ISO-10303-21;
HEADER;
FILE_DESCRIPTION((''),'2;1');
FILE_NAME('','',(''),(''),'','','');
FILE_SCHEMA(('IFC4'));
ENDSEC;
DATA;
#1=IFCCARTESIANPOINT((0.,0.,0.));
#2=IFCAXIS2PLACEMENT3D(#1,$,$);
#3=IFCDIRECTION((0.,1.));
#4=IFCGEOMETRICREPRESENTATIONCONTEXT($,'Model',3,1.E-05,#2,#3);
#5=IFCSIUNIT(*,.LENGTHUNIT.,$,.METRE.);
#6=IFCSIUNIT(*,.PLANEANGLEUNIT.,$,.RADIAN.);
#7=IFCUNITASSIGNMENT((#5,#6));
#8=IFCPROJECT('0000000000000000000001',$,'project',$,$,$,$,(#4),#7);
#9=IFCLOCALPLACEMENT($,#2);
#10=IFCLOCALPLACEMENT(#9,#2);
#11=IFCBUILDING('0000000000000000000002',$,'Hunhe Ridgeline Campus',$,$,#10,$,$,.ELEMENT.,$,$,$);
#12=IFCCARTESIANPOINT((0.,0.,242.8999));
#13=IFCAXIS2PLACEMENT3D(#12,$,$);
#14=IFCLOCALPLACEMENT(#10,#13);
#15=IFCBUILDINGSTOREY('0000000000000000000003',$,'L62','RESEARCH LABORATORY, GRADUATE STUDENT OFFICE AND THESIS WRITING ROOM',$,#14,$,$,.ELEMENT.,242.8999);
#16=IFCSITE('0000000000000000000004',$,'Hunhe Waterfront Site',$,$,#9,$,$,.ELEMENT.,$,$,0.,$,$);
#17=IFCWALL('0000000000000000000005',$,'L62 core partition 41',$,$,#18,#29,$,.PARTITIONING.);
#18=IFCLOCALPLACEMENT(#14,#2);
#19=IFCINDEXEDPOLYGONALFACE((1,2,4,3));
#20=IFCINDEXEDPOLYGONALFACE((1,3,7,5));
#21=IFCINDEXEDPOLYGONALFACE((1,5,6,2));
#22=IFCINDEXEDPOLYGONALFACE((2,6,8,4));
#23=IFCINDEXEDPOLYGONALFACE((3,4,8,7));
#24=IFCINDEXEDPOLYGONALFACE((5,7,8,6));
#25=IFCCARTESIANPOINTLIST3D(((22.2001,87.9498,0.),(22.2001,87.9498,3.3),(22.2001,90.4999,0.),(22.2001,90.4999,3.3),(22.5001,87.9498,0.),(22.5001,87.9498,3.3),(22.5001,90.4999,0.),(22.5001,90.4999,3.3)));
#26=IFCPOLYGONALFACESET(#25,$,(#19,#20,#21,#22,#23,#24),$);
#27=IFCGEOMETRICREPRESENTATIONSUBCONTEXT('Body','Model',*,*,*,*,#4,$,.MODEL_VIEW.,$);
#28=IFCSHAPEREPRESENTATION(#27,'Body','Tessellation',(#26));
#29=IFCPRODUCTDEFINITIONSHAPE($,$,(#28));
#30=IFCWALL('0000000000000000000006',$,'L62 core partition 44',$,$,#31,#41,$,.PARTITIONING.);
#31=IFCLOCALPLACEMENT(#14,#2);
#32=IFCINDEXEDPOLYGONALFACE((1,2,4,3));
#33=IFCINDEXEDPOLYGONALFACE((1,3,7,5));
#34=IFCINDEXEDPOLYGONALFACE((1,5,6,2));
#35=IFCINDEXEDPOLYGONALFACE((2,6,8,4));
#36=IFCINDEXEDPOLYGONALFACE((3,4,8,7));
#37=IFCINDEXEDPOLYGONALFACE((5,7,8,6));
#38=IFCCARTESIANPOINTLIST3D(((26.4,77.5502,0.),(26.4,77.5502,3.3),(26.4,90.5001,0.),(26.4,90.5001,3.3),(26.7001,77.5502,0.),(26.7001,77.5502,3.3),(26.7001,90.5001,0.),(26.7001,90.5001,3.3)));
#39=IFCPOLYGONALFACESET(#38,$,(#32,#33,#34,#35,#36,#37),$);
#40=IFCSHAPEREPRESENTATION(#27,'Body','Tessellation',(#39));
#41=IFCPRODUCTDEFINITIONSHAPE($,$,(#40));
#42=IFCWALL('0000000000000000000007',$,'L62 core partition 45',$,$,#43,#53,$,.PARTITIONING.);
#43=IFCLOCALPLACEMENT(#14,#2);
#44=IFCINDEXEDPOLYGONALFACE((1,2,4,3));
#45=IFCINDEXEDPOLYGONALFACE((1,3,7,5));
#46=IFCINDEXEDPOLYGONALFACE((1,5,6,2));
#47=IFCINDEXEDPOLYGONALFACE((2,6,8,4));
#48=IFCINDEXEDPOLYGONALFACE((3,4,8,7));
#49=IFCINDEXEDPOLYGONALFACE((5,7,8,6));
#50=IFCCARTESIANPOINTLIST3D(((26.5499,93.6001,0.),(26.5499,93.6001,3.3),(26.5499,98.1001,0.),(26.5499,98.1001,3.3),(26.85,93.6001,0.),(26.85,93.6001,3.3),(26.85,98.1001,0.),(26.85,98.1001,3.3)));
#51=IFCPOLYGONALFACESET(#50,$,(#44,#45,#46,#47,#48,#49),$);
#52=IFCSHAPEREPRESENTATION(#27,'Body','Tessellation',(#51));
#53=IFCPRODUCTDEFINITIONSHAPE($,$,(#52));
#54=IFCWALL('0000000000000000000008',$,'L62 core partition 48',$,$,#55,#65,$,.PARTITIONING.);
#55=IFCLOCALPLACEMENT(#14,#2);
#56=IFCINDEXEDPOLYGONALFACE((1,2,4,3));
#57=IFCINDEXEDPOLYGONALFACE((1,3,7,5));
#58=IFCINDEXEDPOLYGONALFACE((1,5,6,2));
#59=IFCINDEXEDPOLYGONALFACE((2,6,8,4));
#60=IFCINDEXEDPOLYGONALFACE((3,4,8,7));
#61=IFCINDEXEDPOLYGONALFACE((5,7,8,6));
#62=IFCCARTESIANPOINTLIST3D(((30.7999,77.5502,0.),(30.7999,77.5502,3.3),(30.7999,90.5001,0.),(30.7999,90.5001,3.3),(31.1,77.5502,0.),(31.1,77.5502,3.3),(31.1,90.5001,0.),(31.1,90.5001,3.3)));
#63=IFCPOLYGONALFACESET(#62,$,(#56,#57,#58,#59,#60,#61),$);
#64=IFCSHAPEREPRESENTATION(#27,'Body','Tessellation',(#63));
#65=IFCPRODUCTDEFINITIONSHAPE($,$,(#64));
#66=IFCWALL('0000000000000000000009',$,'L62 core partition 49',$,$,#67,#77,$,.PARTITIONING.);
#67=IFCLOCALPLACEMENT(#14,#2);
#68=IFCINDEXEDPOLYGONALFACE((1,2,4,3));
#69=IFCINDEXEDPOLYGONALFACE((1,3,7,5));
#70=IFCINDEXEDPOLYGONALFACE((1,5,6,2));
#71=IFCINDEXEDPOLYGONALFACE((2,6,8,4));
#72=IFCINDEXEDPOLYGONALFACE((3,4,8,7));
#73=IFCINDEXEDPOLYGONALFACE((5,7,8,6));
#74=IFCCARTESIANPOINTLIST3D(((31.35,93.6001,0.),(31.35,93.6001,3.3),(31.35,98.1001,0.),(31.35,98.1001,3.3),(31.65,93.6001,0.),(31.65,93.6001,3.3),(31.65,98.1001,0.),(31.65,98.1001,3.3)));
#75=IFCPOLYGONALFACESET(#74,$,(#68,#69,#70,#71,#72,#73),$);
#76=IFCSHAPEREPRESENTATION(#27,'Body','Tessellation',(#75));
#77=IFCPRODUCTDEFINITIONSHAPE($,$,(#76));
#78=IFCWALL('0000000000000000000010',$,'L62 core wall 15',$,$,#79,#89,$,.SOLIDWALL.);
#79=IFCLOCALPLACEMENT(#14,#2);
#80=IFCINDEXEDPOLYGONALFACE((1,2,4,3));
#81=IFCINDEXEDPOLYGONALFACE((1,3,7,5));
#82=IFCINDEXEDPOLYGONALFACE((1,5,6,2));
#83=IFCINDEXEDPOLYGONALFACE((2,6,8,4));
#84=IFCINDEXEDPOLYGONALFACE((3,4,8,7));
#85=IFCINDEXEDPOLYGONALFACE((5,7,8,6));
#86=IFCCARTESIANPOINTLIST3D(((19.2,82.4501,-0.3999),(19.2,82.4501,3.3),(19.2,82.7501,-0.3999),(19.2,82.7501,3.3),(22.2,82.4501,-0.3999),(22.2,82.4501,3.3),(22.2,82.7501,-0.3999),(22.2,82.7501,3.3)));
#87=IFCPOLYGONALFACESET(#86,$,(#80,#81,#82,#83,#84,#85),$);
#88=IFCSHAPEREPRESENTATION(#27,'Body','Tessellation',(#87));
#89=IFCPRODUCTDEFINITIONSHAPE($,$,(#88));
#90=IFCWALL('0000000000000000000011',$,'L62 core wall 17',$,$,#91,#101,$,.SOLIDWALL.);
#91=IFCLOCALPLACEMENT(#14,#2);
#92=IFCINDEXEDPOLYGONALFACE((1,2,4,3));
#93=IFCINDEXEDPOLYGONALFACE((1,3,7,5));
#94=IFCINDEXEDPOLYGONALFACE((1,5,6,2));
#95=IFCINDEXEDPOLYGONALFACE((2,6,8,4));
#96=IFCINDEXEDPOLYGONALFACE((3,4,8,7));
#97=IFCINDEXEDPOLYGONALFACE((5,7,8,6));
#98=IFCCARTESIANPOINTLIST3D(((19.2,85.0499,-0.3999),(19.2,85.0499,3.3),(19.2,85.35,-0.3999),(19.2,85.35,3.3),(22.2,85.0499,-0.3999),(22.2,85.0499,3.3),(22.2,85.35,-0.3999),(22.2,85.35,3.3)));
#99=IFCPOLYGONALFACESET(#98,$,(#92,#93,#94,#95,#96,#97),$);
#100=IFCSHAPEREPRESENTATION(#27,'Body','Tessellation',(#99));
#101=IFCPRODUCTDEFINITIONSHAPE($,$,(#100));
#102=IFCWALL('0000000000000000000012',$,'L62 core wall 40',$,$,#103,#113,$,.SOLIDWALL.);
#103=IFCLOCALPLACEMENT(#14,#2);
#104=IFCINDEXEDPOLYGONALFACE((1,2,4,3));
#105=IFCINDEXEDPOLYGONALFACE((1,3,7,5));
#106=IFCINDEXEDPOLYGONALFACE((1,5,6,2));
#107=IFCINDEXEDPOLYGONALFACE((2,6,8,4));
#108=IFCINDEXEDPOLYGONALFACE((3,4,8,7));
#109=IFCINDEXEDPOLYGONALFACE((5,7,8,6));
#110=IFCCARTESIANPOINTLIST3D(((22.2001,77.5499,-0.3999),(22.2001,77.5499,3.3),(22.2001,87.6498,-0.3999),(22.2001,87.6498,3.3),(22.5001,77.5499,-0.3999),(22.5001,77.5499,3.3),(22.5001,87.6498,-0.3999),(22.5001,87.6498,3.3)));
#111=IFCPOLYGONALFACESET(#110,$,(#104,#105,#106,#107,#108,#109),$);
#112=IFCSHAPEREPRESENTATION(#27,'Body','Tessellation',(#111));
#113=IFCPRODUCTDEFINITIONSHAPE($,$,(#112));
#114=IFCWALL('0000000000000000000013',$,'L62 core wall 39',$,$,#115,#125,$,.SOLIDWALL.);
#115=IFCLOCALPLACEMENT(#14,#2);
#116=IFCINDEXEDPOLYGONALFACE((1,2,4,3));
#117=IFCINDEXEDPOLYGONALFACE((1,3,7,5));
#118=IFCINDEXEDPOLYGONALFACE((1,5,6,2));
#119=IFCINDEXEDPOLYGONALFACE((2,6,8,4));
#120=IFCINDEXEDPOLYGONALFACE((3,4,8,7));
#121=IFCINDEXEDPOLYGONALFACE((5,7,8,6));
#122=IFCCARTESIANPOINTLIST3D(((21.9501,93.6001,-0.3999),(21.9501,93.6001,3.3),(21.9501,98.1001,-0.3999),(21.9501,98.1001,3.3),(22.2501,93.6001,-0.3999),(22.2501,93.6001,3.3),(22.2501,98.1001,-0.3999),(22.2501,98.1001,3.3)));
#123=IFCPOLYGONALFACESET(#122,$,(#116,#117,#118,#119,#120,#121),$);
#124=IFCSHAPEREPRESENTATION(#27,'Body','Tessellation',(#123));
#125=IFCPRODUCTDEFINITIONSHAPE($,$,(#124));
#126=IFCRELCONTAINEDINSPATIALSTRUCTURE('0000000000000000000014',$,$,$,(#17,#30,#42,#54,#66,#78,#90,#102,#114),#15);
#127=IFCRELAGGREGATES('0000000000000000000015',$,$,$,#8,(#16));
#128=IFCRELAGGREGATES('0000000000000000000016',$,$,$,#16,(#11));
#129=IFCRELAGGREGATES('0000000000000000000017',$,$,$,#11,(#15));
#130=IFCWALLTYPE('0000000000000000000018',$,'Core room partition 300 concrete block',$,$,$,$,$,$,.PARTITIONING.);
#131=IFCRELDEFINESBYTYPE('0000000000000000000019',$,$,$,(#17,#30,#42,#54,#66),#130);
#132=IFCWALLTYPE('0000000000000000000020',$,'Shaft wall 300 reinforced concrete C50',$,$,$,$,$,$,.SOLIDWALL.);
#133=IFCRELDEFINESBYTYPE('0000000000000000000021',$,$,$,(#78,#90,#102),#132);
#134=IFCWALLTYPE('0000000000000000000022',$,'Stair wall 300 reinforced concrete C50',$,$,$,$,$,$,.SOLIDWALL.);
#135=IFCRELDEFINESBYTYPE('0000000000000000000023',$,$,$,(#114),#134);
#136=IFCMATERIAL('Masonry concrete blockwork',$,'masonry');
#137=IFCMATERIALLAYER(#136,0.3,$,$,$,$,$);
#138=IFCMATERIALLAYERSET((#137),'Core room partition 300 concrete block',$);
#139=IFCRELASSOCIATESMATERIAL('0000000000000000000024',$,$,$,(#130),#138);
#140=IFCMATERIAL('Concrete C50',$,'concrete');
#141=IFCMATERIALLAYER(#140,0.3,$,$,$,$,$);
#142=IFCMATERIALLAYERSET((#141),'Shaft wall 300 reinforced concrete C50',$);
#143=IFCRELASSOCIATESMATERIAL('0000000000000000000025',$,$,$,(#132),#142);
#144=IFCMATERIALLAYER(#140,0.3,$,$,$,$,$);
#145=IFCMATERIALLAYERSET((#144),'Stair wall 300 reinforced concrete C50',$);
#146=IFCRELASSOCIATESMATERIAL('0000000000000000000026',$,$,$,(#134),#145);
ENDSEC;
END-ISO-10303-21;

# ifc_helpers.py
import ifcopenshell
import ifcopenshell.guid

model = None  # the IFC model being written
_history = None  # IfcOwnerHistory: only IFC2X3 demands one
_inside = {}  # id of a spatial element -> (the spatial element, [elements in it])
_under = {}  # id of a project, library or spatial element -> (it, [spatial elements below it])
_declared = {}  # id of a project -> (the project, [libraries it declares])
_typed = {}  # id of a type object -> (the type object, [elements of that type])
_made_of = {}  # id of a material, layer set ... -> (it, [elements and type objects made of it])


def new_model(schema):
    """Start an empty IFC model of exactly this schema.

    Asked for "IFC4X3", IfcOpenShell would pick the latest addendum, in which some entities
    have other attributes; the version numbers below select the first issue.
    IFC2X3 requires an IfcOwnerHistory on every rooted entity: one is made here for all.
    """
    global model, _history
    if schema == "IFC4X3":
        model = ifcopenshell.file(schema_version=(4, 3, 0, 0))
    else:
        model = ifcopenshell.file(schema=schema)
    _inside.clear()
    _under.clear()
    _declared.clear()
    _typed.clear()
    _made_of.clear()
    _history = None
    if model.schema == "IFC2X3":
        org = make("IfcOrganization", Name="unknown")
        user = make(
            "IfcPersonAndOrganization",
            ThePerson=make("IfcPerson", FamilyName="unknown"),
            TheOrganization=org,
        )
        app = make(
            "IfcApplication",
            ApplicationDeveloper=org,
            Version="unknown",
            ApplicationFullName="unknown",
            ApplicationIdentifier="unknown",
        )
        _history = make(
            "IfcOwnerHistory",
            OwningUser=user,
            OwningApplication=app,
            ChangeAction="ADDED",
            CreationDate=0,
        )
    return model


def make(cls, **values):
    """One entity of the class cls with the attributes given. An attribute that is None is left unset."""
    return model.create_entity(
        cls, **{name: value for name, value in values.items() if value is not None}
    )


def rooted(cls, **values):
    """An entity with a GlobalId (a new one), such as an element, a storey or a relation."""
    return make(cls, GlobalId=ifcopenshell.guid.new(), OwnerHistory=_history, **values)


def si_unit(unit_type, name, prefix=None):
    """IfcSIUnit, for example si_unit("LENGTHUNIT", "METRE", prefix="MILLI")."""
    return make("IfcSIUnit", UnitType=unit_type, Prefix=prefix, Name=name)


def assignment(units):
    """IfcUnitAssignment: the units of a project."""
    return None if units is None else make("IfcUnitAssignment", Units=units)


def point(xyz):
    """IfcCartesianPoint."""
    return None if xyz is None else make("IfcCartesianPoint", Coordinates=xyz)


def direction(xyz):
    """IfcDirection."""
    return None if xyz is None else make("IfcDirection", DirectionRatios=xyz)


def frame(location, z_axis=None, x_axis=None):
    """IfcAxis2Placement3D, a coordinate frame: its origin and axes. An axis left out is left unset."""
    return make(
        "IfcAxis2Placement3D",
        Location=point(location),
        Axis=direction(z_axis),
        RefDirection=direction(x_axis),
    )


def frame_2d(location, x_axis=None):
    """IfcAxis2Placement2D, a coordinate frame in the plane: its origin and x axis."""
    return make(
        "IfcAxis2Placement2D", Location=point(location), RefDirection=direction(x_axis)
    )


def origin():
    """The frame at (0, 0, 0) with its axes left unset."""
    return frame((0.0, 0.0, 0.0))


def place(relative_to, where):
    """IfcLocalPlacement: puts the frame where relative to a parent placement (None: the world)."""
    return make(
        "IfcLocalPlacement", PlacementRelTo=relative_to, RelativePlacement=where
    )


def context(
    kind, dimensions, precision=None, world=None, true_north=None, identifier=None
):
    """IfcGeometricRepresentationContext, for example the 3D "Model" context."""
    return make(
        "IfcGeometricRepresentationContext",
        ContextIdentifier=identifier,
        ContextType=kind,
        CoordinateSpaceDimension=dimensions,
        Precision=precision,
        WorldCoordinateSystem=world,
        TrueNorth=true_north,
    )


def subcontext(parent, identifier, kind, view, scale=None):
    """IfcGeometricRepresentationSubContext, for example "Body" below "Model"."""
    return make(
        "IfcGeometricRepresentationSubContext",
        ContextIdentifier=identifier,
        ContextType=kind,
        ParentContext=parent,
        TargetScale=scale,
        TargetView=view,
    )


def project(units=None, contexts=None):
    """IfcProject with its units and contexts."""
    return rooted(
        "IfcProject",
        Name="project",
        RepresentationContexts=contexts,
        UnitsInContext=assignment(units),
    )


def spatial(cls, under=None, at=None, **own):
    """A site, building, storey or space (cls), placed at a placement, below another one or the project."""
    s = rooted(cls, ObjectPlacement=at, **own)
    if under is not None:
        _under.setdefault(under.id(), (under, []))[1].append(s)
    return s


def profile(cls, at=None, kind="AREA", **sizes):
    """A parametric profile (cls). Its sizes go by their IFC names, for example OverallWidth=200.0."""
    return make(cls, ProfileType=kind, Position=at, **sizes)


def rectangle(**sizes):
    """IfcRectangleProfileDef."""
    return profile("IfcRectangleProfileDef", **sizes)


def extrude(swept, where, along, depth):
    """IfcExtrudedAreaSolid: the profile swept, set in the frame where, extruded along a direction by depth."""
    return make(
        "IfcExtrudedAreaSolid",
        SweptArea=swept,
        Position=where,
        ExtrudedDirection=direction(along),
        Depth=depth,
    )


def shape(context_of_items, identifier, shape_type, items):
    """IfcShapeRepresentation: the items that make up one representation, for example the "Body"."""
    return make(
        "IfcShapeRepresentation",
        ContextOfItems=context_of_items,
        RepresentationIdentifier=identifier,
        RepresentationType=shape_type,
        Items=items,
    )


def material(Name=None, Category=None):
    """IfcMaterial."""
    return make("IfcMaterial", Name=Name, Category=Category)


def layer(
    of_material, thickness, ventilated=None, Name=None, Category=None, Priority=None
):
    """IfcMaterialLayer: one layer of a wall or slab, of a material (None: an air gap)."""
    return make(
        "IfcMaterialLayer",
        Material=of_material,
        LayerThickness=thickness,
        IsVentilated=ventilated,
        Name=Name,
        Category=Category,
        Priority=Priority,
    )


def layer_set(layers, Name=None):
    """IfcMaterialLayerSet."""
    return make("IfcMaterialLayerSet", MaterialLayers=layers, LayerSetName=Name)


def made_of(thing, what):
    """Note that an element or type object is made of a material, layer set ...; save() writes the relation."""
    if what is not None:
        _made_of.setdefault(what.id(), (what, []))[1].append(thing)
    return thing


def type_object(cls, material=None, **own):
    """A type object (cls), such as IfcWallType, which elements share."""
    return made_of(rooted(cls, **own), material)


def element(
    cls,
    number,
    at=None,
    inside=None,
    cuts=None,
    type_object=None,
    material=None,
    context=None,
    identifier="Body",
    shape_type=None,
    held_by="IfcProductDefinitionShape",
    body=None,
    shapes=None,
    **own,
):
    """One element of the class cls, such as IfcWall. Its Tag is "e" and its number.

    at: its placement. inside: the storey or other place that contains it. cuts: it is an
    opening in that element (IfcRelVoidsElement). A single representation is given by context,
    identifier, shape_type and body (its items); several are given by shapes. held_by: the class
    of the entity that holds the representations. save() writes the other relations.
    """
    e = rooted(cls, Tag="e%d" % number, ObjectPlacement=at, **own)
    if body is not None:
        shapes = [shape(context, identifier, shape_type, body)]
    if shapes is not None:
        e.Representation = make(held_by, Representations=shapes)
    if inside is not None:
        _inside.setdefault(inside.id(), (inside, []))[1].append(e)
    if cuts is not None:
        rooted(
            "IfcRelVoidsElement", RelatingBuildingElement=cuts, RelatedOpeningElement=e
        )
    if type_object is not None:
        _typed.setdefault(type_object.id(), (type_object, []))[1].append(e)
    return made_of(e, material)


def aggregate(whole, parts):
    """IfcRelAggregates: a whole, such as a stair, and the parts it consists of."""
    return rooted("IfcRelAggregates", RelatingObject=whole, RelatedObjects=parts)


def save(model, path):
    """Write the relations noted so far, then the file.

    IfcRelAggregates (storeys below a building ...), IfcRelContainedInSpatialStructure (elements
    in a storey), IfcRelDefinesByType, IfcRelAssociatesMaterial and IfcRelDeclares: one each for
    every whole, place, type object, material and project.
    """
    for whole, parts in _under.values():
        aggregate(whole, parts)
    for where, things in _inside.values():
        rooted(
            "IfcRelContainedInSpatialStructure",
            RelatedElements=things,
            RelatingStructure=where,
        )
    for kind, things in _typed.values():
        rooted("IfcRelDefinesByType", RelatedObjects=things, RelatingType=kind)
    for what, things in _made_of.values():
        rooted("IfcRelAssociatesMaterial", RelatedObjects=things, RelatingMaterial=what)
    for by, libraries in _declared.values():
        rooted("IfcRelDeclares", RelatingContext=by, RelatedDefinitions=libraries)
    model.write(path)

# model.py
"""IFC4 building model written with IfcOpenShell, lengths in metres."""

from ifc_helpers import new_model, si_unit, direction, frame, frame_2d, origin, place, context, subcontext, project, spatial, rectangle, extrude, material, layer, layer_set, type_object, element, save


model = new_model("IFC4")

# Units and contexts
model_context = context("Model", 3, precision=1e-05, world=origin(), true_north=direction((0.0, 1.0)))
body_context = subcontext(model_context, "Body", "Model", "MODEL_VIEW")
ifc_project = project(units=[si_unit("LENGTHUNIT", "METRE"), si_unit("PLANEANGLEUNIT", "RADIAN")], contexts=[model_context])

# Site, building, storey
site_placement = place(None, origin())
site = spatial("IfcSite", under=ifc_project, at=site_placement, Name="Hunhe Waterfront Site", CompositionType="ELEMENT", RefElevation=0.0)
building_placement = place(site_placement, origin())
building = spatial("IfcBuilding", under=site, at=building_placement, Name="Hunhe Ridgeline Campus", CompositionType="ELEMENT")
storey_placement = place(building_placement, frame((0.0, 0.0, 242.8999)))
storey = spatial("IfcBuildingStorey", under=building, at=storey_placement, Name="L62", Description="RESEARCH LABORATORY, GRADUATE STUDENT OFFICE AND THESIS WRITING ROOM", CompositionType="ELEMENT", Elevation=242.8999)

# Shared definitions
ifc_material_1 = material(Name="Masonry concrete blockwork", Category="masonry")
ifc_layer_1 = layer(ifc_material_1, 0.3)
ifc_layer_set_1 = layer_set([ifc_layer_1], Name="Core room partition 300 concrete block")
wall_type_1 = type_object("IfcWallType", Name="Core room partition 300 concrete block", PredefinedType="PARTITIONING", material=ifc_layer_set_1)

# Walls
wall_1_placement = place(storey_placement, frame((22.3501, 87.95, 0.0), z_axis=(0.0, 0.0, 1.0), x_axis=(0.0, 1.0, 0.0)))
element("IfcWall", 1, at=wall_1_placement, inside=storey, type_object=wall_type_1, Name="L62 core partition 41", PredefinedType="PARTITIONING", context=body_context, shape_type="SweptSolid", body=[
    extrude(rectangle(XDim=2.55, YDim=0.3, at=frame_2d((1.2749, 0.0))), origin(), (0.0, 0.0, 1.0), 3.3),
])
wall_2_placement = place(storey_placement, frame((26.55, 77.55, 0.0), z_axis=(0.0, 0.0, 1.0), x_axis=(0.0, 1.0, 0.0)))
element("IfcWall", 2, at=wall_2_placement, inside=storey, type_object=wall_type_1, Name="L62 core partition 44", PredefinedType="PARTITIONING", context=body_context, shape_type="SweptSolid", body=[
    extrude(rectangle(XDim=12.95, YDim=0.3, at=frame_2d((6.4751, 0.0))), origin(), (0.0, 0.0, 1.0), 3.3),
])
wall_3_placement = place(storey_placement, frame((26.7, 93.6001, 0.0), z_axis=(0.0, 0.0, 1.0), x_axis=(0.0, 1.0, 0.0)))
element("IfcWall", 3, at=wall_3_placement, inside=storey, type_object=wall_type_1, Name="L62 core partition 45", PredefinedType="PARTITIONING", context=body_context, shape_type="SweptSolid", body=[
    extrude(rectangle(XDim=4.5, YDim=0.3, at=frame_2d((2.25, 0.0))), origin(), (0.0, 0.0, 1.0), 3.3),
])
wall_4_placement = place(storey_placement, frame((30.95, 77.55, 0.0), z_axis=(0.0, 0.0, 1.0), x_axis=(0.0, 1.0, 0.0)))
element("IfcWall", 4, at=wall_4_placement, inside=storey, type_object=wall_type_1, Name="L62 core partition 48", PredefinedType="PARTITIONING", context=body_context, shape_type="SweptSolid", body=[
    extrude(rectangle(XDim=12.95, YDim=0.3, at=frame_2d((6.4751, 0.0))), origin(), (0.0, 0.0, 1.0), 3.3),
])
wall_5_placement = place(storey_placement, frame((31.5, 93.6001, 0.0), z_axis=(0.0, 0.0, 1.0), x_axis=(0.0, 1.0, 0.0)))
element("IfcWall", 5, at=wall_5_placement, inside=storey, type_object=wall_type_1, Name="L62 core partition 49", PredefinedType="PARTITIONING", context=body_context, shape_type="SweptSolid", body=[
    extrude(rectangle(XDim=4.5, YDim=0.3, at=frame_2d((2.25, 0.0))), origin(), (0.0, 0.0, 1.0), 3.3),
])
ifc_material_2 = material(Name="Concrete C50", Category="concrete")
ifc_layer_2 = layer(ifc_material_2, 0.3)
ifc_layer_set_2 = layer_set([ifc_layer_2], Name="Shaft wall 300 reinforced concrete C50")
wall_type_2 = type_object("IfcWallType", Name="Shaft wall 300 reinforced concrete C50", PredefinedType="SOLIDWALL", material=ifc_layer_set_2)
for number, where, z_axis, x_axis, name in (
    (6, (19.2, 82.6001, -0.3999), (0.0, 0.0, 1.0), (1.0, 0.0, 0.0), "L62 core wall 15"),
    (7, (19.2, 85.2, -0.3999), (0.0, 0.0, 1.0), (1.0, 0.0, 0.0), "L62 core wall 17"),
):
    element("IfcWall", number, at=place(storey_placement, frame(where, z_axis=z_axis, x_axis=x_axis)), inside=storey, type_object=wall_type_2, Name=name, PredefinedType="SOLIDWALL", context=body_context, shape_type="SweptSolid", body=[
        extrude(rectangle(XDim=3.0, YDim=0.3, at=frame_2d((1.5, 0.0))), origin(), (0.0, 0.0, 1.0), 3.7),
    ])
wall_6_placement = place(storey_placement, frame((22.3501, 77.55, -0.3999), z_axis=(0.0, 0.0, 1.0), x_axis=(0.0, 1.0, 0.0)))
element("IfcWall", 8, at=wall_6_placement, inside=storey, type_object=wall_type_2, Name="L62 core wall 40", PredefinedType="SOLIDWALL", context=body_context, shape_type="SweptSolid", body=[
    extrude(rectangle(XDim=10.0999, YDim=0.3, at=frame_2d((5.0498, 0.0))), origin(), (0.0, 0.0, 1.0), 3.7),
])
ifc_layer_3 = layer(ifc_material_2, 0.3)
ifc_layer_set_3 = layer_set([ifc_layer_3], Name="Stair wall 300 reinforced concrete C50")
wall_type_3 = type_object("IfcWallType", Name="Stair wall 300 reinforced concrete C50", PredefinedType="SOLIDWALL", material=ifc_layer_set_3)
wall_7_placement = place(storey_placement, frame((22.1001, 93.6001, -0.3999), z_axis=(0.0, 0.0, 1.0), x_axis=(0.0, 1.0, 0.0)))
element("IfcWall", 9, at=wall_7_placement, inside=storey, type_object=wall_type_3, Name="L62 core wall 39", PredefinedType="SOLIDWALL", context=body_context, shape_type="SweptSolid", body=[
    extrude(rectangle(XDim=4.5, YDim=0.3, at=frame_2d((2.25, 0.0))), origin(), (0.0, 0.0, 1.0), 3.7),
])

save(model, "model.ifc")
